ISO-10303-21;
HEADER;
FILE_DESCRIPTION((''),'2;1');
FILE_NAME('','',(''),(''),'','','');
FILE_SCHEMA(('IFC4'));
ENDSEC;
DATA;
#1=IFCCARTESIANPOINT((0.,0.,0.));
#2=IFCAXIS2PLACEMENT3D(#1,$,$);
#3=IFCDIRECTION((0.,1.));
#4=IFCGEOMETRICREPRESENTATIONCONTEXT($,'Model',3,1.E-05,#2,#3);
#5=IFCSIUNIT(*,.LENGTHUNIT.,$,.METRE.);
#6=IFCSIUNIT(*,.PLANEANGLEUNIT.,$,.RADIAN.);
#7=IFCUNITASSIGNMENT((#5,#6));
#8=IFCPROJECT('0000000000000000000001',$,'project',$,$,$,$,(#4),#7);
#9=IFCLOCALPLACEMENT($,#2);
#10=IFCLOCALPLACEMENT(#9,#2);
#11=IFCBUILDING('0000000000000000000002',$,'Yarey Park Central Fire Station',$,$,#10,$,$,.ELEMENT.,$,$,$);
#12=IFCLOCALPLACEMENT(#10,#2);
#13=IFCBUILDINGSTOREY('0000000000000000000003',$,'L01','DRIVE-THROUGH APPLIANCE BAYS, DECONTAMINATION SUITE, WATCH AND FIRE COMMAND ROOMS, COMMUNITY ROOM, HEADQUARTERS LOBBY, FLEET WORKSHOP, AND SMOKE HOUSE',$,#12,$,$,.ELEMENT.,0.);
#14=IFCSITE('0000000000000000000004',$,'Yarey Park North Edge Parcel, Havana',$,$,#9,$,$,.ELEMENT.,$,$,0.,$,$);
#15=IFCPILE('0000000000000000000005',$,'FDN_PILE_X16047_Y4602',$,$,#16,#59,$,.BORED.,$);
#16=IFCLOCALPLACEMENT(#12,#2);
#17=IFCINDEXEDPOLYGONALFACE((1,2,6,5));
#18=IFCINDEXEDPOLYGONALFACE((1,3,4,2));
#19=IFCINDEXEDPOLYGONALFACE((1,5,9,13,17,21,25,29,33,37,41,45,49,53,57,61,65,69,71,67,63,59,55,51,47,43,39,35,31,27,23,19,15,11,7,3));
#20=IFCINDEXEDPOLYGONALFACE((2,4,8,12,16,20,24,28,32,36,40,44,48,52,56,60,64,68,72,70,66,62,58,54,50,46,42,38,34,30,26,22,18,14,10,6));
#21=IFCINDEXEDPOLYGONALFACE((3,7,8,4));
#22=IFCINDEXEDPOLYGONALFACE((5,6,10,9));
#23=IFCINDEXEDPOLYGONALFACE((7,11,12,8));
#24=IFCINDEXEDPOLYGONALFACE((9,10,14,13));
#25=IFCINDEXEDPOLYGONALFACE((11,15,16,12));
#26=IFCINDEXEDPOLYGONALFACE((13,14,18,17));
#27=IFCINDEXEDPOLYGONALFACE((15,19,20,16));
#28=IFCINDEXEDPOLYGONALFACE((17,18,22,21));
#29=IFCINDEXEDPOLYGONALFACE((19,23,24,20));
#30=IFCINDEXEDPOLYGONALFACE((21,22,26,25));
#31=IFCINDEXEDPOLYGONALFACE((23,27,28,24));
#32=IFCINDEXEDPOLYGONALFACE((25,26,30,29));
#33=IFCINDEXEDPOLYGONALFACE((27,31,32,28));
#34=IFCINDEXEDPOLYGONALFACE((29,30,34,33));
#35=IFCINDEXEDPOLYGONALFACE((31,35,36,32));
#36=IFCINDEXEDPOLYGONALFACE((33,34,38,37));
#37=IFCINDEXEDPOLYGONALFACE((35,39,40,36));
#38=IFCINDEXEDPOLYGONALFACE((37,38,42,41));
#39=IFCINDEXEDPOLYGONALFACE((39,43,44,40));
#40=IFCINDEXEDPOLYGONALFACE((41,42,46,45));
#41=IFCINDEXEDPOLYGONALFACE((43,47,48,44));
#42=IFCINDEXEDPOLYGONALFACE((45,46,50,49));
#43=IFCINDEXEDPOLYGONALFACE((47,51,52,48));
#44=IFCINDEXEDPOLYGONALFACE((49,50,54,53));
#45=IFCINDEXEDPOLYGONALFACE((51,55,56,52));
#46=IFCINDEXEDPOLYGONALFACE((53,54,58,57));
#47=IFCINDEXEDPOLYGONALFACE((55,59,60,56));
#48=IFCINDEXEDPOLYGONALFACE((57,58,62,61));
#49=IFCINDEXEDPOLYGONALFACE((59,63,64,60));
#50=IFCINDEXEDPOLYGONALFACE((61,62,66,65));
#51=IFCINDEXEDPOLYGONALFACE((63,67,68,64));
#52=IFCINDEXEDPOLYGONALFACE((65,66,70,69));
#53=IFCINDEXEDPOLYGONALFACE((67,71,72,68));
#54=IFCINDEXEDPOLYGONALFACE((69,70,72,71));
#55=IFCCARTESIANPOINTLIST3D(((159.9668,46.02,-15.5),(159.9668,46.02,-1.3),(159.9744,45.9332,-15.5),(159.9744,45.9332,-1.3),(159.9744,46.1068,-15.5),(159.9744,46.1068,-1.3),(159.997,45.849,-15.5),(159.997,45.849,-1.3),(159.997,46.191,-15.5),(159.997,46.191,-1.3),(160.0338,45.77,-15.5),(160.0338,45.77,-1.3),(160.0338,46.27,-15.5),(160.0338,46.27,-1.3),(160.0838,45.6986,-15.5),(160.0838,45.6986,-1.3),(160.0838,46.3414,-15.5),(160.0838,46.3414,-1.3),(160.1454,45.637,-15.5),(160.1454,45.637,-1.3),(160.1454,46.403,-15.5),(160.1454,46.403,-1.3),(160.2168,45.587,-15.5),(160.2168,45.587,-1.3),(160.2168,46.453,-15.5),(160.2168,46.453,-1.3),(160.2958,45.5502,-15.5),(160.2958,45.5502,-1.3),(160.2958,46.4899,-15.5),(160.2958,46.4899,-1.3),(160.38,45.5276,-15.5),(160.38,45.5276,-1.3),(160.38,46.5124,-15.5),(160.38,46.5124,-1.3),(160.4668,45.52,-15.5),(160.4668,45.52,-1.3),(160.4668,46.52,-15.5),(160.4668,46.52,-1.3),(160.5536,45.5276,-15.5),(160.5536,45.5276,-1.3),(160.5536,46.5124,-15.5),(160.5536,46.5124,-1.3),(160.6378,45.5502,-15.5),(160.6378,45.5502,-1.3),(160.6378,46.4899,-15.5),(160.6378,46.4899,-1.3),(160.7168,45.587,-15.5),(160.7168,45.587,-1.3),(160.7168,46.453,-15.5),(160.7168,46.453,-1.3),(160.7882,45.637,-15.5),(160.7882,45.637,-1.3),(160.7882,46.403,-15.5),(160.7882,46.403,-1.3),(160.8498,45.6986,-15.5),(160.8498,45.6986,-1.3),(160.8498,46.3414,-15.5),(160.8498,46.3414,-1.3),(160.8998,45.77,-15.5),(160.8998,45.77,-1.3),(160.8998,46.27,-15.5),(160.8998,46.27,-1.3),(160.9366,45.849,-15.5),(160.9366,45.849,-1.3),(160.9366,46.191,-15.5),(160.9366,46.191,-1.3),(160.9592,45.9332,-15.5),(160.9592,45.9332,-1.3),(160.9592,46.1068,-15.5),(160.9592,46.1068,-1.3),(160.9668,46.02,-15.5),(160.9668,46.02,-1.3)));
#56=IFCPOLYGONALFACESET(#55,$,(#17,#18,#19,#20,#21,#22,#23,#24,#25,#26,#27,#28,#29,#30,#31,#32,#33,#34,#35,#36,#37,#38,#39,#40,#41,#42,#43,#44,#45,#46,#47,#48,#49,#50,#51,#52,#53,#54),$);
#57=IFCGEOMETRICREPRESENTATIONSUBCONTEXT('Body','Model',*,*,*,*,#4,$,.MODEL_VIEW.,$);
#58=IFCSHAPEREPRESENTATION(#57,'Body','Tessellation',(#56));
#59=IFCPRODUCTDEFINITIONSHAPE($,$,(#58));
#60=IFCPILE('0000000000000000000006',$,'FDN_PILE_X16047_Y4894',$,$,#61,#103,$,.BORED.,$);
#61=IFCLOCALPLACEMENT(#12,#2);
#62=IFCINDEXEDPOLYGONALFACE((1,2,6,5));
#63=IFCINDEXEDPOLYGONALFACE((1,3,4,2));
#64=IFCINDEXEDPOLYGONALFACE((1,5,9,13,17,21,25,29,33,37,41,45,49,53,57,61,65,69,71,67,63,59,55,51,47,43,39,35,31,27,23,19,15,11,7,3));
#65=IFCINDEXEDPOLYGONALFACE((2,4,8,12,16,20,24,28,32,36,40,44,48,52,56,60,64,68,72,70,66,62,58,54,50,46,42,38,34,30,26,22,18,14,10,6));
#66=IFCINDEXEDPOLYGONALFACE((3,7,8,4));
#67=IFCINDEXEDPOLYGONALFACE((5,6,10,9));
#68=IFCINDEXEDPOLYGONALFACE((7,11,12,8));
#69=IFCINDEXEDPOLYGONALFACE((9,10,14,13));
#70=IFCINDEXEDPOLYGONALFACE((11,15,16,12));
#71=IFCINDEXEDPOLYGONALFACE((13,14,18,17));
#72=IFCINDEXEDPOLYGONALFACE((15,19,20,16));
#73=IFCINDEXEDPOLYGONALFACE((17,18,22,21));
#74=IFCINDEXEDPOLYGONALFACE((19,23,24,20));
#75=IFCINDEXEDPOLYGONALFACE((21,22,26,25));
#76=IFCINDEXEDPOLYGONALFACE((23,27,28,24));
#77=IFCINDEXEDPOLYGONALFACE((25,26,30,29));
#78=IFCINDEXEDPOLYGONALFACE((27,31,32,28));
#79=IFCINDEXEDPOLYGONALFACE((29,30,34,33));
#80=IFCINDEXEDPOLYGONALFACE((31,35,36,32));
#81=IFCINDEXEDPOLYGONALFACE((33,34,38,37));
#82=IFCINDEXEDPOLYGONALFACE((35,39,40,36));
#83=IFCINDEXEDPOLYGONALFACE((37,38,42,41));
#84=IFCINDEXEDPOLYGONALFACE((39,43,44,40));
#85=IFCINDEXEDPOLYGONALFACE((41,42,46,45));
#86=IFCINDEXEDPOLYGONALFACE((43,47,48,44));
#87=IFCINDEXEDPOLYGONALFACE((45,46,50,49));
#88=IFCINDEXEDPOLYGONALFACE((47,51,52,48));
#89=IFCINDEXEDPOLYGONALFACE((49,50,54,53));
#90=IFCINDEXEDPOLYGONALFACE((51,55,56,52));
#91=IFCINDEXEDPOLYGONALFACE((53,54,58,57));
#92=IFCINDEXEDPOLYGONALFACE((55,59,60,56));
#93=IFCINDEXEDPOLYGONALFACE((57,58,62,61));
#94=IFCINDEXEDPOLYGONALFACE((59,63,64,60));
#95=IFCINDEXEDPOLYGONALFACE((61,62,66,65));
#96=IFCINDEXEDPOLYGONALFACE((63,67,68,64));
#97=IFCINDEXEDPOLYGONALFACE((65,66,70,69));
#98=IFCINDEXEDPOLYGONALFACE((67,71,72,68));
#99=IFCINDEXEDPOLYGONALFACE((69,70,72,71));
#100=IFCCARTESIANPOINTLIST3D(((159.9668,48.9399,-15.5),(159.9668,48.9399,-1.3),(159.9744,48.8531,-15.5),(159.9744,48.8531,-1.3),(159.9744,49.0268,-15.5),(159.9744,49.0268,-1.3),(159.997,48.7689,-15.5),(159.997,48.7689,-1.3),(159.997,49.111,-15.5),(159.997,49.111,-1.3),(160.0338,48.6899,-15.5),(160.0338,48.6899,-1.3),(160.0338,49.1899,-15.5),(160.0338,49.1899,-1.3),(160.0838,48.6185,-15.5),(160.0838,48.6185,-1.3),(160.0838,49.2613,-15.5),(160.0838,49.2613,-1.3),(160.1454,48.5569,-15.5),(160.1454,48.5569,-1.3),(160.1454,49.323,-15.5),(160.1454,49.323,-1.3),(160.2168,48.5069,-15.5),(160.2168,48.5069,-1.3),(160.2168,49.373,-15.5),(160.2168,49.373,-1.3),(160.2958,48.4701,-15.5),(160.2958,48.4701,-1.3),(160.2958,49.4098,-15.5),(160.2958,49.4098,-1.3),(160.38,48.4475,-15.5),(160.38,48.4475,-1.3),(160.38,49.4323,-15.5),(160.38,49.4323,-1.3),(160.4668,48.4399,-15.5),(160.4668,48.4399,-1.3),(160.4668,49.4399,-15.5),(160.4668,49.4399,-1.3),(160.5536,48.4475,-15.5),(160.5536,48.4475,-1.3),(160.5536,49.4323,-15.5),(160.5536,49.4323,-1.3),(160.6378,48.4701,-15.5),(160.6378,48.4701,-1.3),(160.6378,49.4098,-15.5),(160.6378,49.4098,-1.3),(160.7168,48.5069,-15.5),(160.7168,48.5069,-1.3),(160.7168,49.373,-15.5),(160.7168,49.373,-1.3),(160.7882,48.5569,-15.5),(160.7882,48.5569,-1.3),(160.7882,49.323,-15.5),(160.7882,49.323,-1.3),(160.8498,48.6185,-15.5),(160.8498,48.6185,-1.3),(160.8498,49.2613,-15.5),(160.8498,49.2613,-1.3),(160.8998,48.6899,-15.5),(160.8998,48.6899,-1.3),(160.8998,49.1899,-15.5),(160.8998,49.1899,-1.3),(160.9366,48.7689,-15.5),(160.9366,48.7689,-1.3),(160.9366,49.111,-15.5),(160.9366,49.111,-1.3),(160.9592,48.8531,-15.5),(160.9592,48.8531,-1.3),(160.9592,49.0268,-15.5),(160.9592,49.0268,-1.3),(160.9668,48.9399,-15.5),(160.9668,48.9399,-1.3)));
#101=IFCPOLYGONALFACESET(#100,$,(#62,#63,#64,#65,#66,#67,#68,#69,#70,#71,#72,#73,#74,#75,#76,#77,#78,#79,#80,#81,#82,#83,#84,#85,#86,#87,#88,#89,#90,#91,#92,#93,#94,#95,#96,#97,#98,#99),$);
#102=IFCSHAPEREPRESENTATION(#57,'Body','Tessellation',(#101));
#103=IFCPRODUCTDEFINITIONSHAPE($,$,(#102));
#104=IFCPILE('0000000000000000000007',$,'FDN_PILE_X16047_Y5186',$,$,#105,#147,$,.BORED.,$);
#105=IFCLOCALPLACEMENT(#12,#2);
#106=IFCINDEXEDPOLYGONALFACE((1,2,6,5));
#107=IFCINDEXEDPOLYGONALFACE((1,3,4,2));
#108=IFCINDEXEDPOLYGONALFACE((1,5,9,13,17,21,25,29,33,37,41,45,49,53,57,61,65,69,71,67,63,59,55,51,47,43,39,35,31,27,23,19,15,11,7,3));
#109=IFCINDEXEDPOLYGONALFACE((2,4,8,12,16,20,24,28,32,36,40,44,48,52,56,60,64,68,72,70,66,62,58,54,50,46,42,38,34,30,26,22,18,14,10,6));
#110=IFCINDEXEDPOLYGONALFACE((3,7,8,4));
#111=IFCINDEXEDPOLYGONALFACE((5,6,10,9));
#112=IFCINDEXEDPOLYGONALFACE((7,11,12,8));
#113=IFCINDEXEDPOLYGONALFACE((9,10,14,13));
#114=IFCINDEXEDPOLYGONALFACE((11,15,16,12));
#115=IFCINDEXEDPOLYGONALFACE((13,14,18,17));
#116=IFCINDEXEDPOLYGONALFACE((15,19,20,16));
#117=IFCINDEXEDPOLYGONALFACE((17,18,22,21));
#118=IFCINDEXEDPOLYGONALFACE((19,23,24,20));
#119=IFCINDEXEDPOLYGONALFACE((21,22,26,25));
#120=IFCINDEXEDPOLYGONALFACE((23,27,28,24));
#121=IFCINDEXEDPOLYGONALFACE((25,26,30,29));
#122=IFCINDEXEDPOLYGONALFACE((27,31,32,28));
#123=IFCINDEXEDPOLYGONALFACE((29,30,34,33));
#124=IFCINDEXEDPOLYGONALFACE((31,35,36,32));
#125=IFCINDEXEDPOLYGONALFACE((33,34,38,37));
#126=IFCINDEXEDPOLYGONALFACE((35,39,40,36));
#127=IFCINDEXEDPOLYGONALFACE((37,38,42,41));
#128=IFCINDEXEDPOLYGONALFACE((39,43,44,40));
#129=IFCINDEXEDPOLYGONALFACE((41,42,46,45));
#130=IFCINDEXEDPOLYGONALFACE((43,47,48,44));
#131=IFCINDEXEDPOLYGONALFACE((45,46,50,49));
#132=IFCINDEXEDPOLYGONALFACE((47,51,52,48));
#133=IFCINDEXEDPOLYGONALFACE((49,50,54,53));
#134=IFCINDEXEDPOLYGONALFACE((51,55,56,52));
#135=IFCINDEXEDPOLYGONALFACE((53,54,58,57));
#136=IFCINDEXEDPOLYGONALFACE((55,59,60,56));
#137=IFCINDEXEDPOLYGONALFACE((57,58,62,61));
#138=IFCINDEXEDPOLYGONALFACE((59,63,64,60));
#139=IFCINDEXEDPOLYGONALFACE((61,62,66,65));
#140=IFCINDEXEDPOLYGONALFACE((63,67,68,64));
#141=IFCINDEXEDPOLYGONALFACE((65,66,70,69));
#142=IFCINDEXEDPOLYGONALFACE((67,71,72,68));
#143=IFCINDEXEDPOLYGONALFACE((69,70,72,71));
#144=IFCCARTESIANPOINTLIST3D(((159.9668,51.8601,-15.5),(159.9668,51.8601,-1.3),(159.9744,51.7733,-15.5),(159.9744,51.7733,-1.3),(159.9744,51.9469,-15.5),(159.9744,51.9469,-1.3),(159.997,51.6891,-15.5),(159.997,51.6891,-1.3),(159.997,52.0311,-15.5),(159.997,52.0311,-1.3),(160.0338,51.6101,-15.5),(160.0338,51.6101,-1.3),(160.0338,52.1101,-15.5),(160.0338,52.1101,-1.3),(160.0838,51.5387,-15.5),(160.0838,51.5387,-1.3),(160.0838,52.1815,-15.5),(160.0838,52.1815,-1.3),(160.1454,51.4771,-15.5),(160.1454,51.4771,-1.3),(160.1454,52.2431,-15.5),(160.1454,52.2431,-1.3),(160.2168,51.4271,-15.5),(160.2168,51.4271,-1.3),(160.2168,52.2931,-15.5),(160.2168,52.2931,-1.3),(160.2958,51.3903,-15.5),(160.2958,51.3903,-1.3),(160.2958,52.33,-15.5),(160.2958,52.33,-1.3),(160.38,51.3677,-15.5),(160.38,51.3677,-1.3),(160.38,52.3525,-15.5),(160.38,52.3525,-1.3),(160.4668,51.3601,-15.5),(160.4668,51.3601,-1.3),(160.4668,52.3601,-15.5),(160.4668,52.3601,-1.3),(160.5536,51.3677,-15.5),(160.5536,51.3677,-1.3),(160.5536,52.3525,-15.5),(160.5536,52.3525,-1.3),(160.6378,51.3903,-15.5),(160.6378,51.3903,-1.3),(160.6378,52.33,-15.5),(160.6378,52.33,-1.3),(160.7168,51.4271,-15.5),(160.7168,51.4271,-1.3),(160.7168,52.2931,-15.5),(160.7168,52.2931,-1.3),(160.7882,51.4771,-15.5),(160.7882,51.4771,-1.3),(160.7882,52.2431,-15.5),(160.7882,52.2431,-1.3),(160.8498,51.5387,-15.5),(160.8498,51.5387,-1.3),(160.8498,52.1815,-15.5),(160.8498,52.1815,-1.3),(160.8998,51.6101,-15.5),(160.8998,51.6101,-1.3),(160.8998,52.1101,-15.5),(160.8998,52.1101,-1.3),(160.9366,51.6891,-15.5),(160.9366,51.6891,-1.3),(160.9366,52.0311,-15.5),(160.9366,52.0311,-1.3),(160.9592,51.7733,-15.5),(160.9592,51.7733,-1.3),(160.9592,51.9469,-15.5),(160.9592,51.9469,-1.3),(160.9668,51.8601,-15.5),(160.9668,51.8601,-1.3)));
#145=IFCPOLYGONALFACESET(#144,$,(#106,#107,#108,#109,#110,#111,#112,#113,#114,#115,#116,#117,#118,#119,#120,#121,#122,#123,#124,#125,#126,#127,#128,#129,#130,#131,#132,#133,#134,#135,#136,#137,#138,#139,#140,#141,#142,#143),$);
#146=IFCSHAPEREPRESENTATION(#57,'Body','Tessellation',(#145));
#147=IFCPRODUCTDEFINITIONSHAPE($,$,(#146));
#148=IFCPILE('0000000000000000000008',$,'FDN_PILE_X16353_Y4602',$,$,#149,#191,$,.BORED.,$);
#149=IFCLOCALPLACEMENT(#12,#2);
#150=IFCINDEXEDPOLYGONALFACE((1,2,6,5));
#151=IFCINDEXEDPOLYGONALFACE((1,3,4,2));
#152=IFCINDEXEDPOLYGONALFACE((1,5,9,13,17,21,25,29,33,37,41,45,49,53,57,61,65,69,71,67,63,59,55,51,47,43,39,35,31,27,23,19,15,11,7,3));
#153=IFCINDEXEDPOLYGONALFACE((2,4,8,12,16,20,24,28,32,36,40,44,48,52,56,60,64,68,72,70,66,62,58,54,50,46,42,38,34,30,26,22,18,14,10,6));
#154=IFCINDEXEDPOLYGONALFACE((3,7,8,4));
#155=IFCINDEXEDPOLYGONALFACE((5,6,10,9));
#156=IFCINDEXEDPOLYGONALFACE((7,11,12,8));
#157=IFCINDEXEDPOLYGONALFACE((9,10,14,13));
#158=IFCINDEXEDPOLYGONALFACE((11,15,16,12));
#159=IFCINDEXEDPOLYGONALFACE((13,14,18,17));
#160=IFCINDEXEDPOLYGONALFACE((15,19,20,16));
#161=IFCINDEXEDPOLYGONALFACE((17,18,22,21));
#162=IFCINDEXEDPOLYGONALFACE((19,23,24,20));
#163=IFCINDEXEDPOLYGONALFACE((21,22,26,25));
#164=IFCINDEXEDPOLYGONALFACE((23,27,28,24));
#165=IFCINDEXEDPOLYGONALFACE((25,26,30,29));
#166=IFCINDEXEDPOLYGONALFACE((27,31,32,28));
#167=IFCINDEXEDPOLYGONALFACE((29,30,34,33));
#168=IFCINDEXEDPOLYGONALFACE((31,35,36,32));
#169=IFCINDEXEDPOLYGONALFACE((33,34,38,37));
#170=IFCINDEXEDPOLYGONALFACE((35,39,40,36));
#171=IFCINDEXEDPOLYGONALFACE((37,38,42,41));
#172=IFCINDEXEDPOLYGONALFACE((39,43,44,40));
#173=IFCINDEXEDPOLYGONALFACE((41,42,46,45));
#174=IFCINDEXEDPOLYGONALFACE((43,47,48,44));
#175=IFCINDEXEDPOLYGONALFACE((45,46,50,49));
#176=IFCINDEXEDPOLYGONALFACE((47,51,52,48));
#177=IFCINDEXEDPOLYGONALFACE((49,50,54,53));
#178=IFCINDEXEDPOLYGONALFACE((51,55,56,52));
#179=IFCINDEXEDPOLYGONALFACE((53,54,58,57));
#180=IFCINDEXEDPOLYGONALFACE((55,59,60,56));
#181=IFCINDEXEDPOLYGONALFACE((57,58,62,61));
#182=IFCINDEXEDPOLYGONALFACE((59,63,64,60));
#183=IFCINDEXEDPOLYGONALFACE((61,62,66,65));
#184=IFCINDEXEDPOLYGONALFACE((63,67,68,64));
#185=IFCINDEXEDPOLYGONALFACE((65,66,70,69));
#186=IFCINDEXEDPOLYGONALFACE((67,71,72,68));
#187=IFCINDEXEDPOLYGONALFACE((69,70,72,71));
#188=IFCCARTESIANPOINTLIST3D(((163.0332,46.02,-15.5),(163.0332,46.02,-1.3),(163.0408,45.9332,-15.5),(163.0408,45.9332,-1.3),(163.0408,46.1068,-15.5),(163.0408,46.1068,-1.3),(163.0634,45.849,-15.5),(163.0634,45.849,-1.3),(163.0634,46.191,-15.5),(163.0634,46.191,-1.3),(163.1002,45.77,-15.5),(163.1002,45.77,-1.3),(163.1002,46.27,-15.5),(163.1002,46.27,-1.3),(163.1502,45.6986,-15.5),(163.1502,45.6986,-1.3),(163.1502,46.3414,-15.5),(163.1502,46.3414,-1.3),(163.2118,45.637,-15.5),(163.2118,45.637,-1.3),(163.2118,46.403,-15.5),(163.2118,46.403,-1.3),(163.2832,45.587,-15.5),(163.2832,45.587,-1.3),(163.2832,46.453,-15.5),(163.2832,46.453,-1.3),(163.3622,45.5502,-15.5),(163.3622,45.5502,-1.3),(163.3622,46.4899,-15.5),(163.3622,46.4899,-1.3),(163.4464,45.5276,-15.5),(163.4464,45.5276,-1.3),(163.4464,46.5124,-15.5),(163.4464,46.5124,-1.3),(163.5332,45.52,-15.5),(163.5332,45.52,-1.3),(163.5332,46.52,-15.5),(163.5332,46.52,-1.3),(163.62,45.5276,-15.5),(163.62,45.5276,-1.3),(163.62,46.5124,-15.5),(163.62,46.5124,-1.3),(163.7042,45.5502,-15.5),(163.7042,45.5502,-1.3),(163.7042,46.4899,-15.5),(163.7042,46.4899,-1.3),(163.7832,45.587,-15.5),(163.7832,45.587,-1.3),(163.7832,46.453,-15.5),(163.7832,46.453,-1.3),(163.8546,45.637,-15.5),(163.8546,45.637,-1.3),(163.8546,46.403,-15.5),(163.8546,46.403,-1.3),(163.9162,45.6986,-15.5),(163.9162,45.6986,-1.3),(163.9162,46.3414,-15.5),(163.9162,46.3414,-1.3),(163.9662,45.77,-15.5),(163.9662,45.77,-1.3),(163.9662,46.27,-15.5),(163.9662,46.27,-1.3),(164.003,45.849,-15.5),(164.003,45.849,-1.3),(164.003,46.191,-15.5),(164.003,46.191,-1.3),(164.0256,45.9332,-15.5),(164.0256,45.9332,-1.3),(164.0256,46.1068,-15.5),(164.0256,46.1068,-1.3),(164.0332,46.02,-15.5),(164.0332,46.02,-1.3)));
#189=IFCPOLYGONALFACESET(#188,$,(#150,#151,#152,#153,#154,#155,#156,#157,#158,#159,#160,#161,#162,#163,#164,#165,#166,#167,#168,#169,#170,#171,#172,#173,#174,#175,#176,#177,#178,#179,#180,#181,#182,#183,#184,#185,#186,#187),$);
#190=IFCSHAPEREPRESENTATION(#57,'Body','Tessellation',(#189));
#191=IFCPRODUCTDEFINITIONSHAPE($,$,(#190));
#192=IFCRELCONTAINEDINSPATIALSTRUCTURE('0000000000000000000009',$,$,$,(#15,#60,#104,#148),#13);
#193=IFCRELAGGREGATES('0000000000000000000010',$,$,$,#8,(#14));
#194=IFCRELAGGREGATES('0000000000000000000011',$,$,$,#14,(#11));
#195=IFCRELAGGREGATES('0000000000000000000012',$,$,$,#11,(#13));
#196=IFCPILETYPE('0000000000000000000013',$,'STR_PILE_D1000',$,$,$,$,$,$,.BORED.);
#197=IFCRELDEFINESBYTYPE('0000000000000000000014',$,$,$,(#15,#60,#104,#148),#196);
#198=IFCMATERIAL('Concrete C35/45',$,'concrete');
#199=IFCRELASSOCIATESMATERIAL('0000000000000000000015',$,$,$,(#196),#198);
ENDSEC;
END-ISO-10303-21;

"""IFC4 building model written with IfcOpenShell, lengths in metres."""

from ifc_helpers import new_model, si_unit, direction, frame, origin, origin_2d, place, context, subcontext, project, spatial, circle, extrude, material, material_profile, profile_set, type_object, element, save


model = new_model("IFC4")

# Units and contexts
model_context = context("Model", 3, precision=1e-05, world=origin(), true_north=direction((0.0, 1.0)))
body_context = subcontext(model_context, "Body", "Model", "MODEL_VIEW")
ifc_project = project(units=[si_unit("LENGTHUNIT", "METRE"), si_unit("PLANEANGLEUNIT", "RADIAN")], contexts=[model_context])

# Site, building, storey
site_placement = place(None, origin())
site = spatial("IfcSite", under=ifc_project, at=site_placement, Name="Yarey Park North Edge Parcel, Havana", CompositionType="ELEMENT", RefElevation=0.0)
building_placement = place(site_placement, origin())
building = spatial("IfcBuilding", under=site, at=building_placement, Name="Yarey Park Central Fire Station", CompositionType="ELEMENT")
storey_placement = place(building_placement, origin())
storey = spatial("IfcBuildingStorey", under=building, at=storey_placement, Name="L01", Description="DRIVE-THROUGH APPLIANCE BAYS, DECONTAMINATION SUITE, WATCH AND FIRE COMMAND ROOMS, COMMUNITY ROOM, HEADQUARTERS LOBBY, FLEET WORKSHOP, AND SMOKE HOUSE", CompositionType="ELEMENT", Elevation=0.0)

# Shared definitions
ifc_material_1 = material(Name="Concrete C35/45", Category="concrete")

# Piles
ifc_material_profile_1 = material_profile(ifc_material_1, circle(Radius=0.5, at=origin_2d()), Name="BORED PILE D1000")
ifc_profile_set_1 = profile_set([ifc_material_profile_1], Name="Concrete C35/45")
pile_type_1 = type_object("IfcPileType", Name="STR_PILE_D1000", PredefinedType="BORED", material=ifc_profile_set_1)
for number, where, z_axis, x_axis, name in (
    (1, (160.4668, 46.02, -1.3), (0.0, 0.0, -1.0), (1.0, 0.0, 0.0), "FDN_PILE_X16047_Y4602"),
    (2, (160.4668, 48.9399, -1.3), (0.0, 0.0, -1.0), (1.0, 0.0, 0.0), "FDN_PILE_X16047_Y4894"),
    (3, (160.4668, 51.8601, -1.3), (0.0, 0.0, -1.0), (1.0, 0.0, 0.0), "FDN_PILE_X16047_Y5186"),
    (4, (163.5332, 46.02, -1.3), (0.0, 0.0, -1.0), (1.0, 0.0, 0.0), "FDN_PILE_X16353_Y4602"),
):
    element("IfcPile", number, at=place(storey_placement, frame(where, z_axis=z_axis, x_axis=x_axis)), inside=storey, type_object=pile_type_1, Name=name, PredefinedType="BORED", context=body_context, shape_type="SweptSolid", body=[
        extrude(circle(Radius=0.5, at=origin_2d()), origin(), (0.0, 0.0, 1.0), 14.2),
    ])

save(model, "model.ifc")
